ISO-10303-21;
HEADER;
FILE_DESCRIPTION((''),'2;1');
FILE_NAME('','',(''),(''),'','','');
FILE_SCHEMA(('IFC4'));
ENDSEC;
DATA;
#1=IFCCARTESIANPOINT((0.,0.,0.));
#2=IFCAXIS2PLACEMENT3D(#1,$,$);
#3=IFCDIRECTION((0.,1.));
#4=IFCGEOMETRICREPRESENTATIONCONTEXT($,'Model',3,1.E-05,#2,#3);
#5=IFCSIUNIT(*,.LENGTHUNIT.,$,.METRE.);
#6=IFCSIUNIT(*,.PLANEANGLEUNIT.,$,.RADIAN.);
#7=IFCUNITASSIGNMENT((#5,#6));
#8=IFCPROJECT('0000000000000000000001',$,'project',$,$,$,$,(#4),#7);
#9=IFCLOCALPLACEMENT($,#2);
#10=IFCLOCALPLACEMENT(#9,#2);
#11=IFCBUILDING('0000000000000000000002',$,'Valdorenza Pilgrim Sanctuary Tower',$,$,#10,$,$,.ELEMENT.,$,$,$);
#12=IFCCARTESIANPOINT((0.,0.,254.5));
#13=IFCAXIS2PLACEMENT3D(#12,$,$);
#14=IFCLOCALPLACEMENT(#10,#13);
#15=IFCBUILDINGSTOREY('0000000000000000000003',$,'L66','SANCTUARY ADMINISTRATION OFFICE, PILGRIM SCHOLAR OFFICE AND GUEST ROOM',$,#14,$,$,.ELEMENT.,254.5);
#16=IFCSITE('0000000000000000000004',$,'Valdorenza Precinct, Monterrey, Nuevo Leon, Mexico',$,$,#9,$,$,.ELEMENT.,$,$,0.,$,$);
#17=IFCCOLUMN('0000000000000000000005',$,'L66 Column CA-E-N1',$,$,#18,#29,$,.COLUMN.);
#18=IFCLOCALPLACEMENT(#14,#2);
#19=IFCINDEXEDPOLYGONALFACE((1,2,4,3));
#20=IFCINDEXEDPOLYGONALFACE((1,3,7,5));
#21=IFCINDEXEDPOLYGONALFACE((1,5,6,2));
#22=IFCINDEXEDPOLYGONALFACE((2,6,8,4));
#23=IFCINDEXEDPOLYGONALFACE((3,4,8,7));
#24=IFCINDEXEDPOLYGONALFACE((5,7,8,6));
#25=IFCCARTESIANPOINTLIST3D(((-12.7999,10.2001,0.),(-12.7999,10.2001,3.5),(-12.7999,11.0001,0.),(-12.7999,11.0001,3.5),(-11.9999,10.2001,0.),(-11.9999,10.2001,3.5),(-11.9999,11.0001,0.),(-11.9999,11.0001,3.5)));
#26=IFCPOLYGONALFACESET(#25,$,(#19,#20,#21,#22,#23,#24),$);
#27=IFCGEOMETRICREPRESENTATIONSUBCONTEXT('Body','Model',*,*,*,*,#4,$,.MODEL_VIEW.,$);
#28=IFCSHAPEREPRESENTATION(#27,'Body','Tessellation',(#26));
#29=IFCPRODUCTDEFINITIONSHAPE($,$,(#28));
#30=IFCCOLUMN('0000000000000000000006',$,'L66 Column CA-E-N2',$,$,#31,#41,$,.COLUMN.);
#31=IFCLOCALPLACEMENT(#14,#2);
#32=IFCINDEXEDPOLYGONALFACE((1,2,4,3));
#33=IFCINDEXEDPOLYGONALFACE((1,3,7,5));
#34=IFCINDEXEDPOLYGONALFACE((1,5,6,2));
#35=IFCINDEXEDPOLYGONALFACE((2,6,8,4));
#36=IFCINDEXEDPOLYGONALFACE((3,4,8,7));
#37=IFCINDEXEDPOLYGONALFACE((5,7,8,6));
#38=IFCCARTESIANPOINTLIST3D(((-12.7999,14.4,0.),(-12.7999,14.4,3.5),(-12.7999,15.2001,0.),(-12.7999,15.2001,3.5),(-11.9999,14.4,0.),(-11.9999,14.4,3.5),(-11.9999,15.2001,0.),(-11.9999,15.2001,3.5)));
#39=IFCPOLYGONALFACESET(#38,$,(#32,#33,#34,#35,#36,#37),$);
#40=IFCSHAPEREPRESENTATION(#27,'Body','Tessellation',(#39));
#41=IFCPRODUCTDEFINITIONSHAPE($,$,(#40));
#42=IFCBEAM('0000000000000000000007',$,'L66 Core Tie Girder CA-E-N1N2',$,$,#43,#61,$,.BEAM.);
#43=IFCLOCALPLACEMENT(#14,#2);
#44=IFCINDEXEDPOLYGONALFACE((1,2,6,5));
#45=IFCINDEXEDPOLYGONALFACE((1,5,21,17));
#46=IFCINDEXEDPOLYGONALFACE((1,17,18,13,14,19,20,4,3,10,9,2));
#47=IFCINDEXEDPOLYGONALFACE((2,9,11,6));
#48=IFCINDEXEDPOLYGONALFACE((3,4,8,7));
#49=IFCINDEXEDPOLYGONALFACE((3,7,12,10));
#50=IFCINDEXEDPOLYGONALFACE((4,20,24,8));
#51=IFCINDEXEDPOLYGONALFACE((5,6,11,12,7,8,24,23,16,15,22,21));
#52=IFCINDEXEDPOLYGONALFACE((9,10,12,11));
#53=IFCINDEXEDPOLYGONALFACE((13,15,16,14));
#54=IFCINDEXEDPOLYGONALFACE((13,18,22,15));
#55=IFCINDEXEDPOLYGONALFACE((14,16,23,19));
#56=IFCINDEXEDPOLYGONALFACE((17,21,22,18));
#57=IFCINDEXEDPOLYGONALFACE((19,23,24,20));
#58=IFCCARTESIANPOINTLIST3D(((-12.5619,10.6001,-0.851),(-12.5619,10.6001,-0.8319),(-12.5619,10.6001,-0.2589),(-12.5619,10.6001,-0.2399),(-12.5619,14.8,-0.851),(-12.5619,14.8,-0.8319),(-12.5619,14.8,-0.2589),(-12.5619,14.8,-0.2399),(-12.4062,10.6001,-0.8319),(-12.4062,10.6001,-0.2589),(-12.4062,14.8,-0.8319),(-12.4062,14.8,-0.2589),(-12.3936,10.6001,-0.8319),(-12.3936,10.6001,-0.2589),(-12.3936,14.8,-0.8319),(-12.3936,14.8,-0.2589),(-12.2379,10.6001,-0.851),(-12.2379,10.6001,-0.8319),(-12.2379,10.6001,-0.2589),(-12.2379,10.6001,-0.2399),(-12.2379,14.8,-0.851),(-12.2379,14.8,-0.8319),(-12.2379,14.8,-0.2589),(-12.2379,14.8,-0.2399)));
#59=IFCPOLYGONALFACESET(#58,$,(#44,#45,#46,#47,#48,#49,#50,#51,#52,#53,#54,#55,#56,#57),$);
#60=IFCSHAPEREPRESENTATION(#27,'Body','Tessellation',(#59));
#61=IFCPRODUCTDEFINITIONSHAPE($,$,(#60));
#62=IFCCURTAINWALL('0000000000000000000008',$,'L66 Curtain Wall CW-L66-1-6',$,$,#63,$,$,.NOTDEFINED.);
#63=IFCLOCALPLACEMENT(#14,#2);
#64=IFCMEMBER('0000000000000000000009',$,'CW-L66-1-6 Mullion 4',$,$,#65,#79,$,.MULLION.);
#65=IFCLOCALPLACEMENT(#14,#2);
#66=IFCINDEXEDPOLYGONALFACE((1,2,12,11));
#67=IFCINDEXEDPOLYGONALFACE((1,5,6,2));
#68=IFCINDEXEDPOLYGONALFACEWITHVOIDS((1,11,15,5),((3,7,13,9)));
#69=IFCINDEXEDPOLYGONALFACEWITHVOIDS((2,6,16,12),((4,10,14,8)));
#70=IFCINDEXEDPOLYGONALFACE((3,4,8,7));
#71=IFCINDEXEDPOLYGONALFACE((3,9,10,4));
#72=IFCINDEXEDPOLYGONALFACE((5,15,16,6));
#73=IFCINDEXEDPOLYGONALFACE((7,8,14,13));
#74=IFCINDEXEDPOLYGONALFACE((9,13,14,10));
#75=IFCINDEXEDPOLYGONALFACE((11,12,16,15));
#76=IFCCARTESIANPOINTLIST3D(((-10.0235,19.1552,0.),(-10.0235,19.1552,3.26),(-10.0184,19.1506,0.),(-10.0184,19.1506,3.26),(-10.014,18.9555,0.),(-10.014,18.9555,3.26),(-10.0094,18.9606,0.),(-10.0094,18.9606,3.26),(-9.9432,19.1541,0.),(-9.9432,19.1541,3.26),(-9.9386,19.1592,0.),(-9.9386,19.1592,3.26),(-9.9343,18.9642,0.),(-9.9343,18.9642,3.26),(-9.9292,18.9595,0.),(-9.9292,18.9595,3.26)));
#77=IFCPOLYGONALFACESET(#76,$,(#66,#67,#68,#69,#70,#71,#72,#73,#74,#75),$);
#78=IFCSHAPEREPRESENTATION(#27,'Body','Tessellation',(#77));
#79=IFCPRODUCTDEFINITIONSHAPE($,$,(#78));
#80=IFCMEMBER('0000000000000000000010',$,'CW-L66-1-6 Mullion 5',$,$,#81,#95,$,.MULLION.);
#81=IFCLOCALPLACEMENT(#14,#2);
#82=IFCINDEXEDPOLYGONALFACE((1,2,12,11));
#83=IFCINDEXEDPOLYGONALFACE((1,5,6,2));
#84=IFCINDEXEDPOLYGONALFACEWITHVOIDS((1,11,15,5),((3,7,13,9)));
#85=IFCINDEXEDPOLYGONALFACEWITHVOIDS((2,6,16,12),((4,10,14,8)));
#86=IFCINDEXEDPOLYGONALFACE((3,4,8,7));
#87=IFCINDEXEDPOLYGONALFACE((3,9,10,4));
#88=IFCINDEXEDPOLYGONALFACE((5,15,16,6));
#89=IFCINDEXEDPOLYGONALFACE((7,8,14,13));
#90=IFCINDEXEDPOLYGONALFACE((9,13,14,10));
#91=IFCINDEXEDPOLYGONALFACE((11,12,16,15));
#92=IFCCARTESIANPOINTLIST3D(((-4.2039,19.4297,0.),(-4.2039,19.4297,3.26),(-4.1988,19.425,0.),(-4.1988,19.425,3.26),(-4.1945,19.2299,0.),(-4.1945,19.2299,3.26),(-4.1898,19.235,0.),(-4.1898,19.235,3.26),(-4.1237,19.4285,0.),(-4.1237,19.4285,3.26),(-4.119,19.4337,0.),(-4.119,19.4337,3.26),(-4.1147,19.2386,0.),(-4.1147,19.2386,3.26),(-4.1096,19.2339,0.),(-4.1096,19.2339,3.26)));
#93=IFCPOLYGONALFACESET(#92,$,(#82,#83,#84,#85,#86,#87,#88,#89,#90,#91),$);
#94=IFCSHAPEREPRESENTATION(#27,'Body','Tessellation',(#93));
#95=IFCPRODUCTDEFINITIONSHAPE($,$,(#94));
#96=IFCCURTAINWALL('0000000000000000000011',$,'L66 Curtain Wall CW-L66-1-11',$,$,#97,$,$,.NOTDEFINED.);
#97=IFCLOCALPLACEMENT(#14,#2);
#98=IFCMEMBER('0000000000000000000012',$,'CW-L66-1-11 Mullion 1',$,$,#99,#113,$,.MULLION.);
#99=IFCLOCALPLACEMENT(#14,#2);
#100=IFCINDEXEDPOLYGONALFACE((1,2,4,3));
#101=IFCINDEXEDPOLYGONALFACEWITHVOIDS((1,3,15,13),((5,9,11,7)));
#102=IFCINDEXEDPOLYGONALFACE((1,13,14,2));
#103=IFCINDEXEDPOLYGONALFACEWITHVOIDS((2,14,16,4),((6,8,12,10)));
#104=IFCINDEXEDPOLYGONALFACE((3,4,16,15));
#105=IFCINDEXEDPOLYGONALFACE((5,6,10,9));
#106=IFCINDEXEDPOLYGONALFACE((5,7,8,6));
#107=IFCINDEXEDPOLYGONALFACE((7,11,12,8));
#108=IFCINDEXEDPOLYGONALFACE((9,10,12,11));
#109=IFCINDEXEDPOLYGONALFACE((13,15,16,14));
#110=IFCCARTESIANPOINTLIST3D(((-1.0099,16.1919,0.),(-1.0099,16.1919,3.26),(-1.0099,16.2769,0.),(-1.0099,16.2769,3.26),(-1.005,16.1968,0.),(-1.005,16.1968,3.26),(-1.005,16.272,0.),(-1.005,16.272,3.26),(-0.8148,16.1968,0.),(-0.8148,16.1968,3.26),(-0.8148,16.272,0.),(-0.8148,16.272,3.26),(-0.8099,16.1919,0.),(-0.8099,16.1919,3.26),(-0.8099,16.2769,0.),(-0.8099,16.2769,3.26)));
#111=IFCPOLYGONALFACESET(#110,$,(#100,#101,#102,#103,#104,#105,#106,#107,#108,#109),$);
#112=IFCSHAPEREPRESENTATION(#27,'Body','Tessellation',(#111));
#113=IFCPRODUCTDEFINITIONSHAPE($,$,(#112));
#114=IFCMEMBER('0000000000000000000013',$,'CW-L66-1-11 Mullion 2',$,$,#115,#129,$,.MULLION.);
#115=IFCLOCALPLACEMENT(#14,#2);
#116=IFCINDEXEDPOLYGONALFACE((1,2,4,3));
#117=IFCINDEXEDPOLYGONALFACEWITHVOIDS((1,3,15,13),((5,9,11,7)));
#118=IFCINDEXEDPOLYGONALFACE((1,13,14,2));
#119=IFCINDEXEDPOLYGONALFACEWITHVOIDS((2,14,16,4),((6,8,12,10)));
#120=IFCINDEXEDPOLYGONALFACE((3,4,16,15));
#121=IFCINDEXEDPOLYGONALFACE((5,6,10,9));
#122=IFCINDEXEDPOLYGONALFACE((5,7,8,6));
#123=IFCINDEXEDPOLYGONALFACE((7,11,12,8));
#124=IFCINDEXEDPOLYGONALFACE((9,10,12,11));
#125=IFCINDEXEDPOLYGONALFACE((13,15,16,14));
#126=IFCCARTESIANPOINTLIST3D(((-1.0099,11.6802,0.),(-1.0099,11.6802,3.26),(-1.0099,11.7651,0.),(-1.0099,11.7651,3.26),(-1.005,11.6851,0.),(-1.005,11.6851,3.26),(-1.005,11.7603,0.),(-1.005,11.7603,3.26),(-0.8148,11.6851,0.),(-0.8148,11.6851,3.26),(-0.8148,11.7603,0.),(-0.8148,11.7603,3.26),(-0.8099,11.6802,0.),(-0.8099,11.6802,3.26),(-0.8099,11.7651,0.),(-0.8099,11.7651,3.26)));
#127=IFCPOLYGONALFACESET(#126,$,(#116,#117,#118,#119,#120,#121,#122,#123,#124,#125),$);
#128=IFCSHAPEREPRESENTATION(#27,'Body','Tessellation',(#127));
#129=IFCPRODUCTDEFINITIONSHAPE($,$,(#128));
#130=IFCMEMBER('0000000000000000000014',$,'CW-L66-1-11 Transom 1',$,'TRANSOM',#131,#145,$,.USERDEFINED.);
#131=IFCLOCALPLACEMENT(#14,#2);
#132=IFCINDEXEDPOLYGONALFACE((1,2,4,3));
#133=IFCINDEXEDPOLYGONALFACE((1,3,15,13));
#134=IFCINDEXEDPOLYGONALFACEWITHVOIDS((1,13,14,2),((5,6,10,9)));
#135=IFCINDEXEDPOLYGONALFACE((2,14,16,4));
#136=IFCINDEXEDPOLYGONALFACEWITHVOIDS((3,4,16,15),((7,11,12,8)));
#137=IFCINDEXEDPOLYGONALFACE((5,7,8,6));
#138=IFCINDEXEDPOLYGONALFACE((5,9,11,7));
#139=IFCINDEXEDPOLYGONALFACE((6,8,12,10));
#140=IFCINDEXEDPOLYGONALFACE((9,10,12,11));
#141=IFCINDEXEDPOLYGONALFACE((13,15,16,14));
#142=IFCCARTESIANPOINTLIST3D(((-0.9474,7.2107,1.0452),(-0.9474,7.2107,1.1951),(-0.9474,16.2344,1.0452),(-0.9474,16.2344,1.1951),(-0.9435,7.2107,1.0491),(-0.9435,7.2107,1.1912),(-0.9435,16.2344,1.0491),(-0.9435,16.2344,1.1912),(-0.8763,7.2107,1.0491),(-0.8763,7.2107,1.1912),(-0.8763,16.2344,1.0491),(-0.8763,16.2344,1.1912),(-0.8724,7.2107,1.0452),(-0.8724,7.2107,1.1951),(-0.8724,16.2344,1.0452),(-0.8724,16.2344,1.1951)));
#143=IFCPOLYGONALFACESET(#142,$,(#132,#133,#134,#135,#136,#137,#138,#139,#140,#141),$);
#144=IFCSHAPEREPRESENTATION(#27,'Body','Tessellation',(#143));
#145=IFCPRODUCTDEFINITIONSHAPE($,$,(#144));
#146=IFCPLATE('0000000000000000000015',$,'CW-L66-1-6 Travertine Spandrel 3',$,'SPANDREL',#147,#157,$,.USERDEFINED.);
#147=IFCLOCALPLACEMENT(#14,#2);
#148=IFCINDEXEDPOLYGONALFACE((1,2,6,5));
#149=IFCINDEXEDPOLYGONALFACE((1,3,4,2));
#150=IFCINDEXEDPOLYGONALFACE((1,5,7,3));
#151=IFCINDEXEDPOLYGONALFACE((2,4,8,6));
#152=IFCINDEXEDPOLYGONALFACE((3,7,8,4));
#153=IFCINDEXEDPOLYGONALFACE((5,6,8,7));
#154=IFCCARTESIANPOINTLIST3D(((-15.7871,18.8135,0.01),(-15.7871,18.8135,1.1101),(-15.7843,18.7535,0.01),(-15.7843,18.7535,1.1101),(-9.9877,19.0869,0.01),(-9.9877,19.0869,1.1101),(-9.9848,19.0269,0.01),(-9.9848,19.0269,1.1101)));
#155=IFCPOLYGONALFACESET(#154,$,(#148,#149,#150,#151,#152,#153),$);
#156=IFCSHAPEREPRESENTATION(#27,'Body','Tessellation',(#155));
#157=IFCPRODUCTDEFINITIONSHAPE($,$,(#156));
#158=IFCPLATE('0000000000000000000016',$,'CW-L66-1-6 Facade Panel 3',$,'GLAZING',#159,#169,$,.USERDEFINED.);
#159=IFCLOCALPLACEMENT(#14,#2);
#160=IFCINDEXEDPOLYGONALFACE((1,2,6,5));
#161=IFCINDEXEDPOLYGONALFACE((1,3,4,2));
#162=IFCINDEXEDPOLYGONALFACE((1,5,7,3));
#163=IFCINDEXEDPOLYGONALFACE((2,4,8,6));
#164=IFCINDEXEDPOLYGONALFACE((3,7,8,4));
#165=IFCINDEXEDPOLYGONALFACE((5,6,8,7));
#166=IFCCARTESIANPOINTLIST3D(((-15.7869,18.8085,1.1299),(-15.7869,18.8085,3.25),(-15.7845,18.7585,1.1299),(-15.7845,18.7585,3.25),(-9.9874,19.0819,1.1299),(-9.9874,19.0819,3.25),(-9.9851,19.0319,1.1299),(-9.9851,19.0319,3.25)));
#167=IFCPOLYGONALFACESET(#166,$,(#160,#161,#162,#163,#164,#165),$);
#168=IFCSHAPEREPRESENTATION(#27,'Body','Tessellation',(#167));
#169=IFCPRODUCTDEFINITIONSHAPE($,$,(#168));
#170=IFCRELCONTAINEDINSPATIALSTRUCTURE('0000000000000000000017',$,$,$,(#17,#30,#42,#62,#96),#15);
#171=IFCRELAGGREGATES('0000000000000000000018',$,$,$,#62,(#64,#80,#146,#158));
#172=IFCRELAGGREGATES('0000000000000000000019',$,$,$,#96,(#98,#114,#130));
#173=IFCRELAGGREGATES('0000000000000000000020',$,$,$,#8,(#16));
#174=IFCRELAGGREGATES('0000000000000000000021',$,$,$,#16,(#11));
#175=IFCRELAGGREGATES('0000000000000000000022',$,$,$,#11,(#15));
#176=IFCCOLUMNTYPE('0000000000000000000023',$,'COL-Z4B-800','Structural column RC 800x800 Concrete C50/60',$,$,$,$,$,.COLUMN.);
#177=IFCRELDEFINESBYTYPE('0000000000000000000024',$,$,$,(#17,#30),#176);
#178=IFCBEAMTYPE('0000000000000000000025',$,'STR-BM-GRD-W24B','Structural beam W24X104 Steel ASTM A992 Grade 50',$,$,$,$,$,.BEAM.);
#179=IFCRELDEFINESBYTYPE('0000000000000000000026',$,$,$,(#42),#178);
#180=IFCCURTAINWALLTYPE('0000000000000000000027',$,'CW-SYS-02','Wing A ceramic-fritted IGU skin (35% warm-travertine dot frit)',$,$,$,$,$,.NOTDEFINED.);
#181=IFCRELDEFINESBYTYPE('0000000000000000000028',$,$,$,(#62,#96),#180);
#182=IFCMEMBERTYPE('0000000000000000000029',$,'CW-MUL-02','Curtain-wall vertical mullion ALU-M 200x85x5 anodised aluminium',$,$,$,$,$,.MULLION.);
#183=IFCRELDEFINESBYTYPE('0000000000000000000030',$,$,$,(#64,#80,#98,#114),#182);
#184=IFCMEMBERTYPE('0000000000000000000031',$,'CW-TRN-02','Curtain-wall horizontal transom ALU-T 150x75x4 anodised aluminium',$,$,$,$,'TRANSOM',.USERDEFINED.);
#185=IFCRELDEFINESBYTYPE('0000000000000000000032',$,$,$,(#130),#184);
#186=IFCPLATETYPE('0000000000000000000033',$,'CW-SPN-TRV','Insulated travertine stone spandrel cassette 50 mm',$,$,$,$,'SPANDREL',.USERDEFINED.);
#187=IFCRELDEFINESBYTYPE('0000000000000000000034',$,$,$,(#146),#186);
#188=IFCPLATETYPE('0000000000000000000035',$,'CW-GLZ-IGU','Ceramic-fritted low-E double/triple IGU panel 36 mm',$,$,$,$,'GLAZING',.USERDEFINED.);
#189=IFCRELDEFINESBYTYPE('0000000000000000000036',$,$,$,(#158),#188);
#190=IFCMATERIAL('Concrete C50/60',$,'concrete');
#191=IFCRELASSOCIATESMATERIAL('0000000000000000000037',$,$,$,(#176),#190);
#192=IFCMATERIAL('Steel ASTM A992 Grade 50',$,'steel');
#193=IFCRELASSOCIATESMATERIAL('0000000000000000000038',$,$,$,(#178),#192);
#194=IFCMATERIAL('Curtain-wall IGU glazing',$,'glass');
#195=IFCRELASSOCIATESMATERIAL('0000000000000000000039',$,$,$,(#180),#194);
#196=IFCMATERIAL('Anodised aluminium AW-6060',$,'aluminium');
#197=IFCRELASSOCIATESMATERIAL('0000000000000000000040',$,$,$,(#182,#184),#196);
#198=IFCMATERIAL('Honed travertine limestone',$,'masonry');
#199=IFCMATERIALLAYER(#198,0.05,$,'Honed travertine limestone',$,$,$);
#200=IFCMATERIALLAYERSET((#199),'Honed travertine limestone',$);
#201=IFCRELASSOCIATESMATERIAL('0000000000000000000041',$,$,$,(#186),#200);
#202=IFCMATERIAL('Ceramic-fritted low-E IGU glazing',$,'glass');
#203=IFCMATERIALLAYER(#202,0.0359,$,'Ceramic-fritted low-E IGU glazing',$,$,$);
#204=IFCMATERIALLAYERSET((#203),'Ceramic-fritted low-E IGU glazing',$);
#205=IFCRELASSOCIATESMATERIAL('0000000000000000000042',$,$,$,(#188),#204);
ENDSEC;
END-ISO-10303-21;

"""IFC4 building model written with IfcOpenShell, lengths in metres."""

from ifc_helpers import new_model, si_unit, direction, frame, origin, origin_2d, place, context, subcontext, project, spatial, rectangle, hollow_rectangle, i_section, extrude, source, transform, mapped, material, layer, layer_set, material_profile, profile_set, type_object, element, aggregate, save


model = new_model("IFC4")

# Units and contexts
model_context = context("Model", 3, precision=1e-05, world=origin(), true_north=direction((0.0, 1.0)))
body_context = subcontext(model_context, "Body", "Model", "MODEL_VIEW")
ifc_project = project(units=[si_unit("LENGTHUNIT", "METRE"), si_unit("PLANEANGLEUNIT", "RADIAN")], contexts=[model_context])

# Site, building, storey
site_placement = place(None, origin())
site = spatial("IfcSite", under=ifc_project, at=site_placement, Name="Valdorenza Precinct, Monterrey, Nuevo Leon, Mexico", CompositionType="ELEMENT", RefElevation=0.0)
building_placement = place(site_placement, origin())
building = spatial("IfcBuilding", under=site, at=building_placement, Name="Valdorenza Pilgrim Sanctuary Tower", CompositionType="ELEMENT")
storey_placement = place(building_placement, frame((0.0, 0.0, 254.5)))
storey = spatial("IfcBuildingStorey", under=building, at=storey_placement, Name="L66", Description="SANCTUARY ADMINISTRATION OFFICE, PILGRIM SCHOLAR OFFICE AND GUEST ROOM", CompositionType="ELEMENT", Elevation=254.5)

# Columns
ifc_material_1 = material(Name="Concrete C50/60", Category="concrete")
ifc_material_profile_1 = material_profile(ifc_material_1, rectangle(XDim=0.8, YDim=0.8, at=origin_2d()), Name="RC 800x800")
ifc_profile_set_1 = profile_set([ifc_material_profile_1], Name="Concrete C50/60")
column_type = type_object("IfcColumnType", Name="COL-Z4B-800", Description="Structural column RC 800x800 Concrete C50/60", PredefinedType="COLUMN", material=ifc_profile_set_1)
shared_shape_1 = source(origin(), body_context, "Body", "SweptSolid", [
    extrude(rectangle(XDim=0.8, YDim=0.8, at=origin_2d()), origin(), (0.0, 0.0, 1.0), 3.5),
])
for number, where, z_axis, x_axis, name in (
    (1, (-12.3999, 10.6001, 0.0), (0.0, 0.0, 1.0), (1.0, 0.0, 0.0), "L66 Column CA-E-N1"),
    (2, (-12.3999, 14.8, 0.0), (0.0, 0.0, 1.0), (1.0, 0.0, 0.0), "L66 Column CA-E-N2"),
):
    element("IfcColumn", number, at=place(storey_placement, frame(where, z_axis=z_axis, x_axis=x_axis)), inside=storey, type_object=column_type, Name=name, PredefinedType="COLUMN", context=body_context, shape_type="MappedRepresentation", body=[
        mapped(shared_shape_1, transform((0.0, 0.0, 0.0), x_axis=(1.0, 0.0, 0.0), y_axis=(0.0, 1.0, 0.0), z_axis=(0.0, 0.0, 1.0), scale=1.0)),
    ])

# Beam
ifc_material_2 = material(Name="Steel ASTM A992 Grade 50", Category="steel")
ifc_material_profile_2 = material_profile(ifc_material_2, i_section(OverallWidth=0.324, OverallDepth=0.6111, WebThickness=0.0127, FlangeThickness=0.019, at=origin_2d()), Name="W24X104")
ifc_profile_set_2 = profile_set([ifc_material_profile_2], Name="Steel ASTM A992 Grade 50")
beam_type = type_object("IfcBeamType", Name="STR-BM-GRD-W24B", Description="Structural beam W24X104 Steel ASTM A992 Grade 50", PredefinedType="BEAM", material=ifc_profile_set_2)
shared_shape_2 = source(origin(), body_context, "Body", "SweptSolid", [
    extrude(i_section(OverallWidth=0.324, OverallDepth=0.6111, WebThickness=0.0127, FlangeThickness=0.019, at=origin_2d()), origin(), (0.0, 0.0, 1.0), 4.2),
])
beam_placement = place(storey_placement, frame((-12.3999, 10.6001, -0.5454), z_axis=(0.0, 1.0, 0.0), x_axis=(-1.0, 0.0, 0.0)))
element("IfcBeam", 3, at=beam_placement, inside=storey, type_object=beam_type, Name="L66 Core Tie Girder CA-E-N1N2", PredefinedType="BEAM", context=body_context, shape_type="MappedRepresentation", body=[
    mapped(shared_shape_2, transform((0.0, 0.0, 0.0), x_axis=(1.0, 0.0, 0.0), y_axis=(0.0, 1.0, 0.0), z_axis=(0.0, 0.0, 1.0), scale=1.0)),
])

# Curtain walls, members
ifc_material_3 = material(Name="Curtain-wall IGU glazing", Category="glass")
curtain_wall_type = type_object("IfcCurtainWallType", Name="CW-SYS-02", Description="Wing A ceramic-fritted IGU skin (35% warm-travertine dot frit)", PredefinedType="NOTDEFINED", material=ifc_material_3)
curtain_wall_1_placement = place(storey_placement, origin())
curtain_wall_1 = element("IfcCurtainWall", 4, at=curtain_wall_1_placement, inside=storey, type_object=curtain_wall_type, Name="L66 Curtain Wall CW-L66-1-6", PredefinedType="NOTDEFINED")
ifc_material_4 = material(Name="Anodised aluminium AW-6060", Category="aluminium")
ifc_material_profile_3 = material_profile(ifc_material_4, hollow_rectangle(XDim=0.085, YDim=0.2, WallThickness=0.0049, at=origin_2d()), Name="ALU-M 200x85x5")
ifc_profile_set_3 = profile_set([ifc_material_profile_3], Name="Anodised aluminium AW-6060")
member_type_1 = type_object("IfcMemberType", Name="CW-MUL-02", Description="Curtain-wall vertical mullion ALU-M 200x85x5 anodised aluminium", PredefinedType="MULLION", material=ifc_profile_set_3)
shared_shape_3 = source(origin(), body_context, "Body", "SweptSolid", [
    extrude(hollow_rectangle(XDim=0.085, YDim=0.2, WallThickness=0.0049, at=origin_2d()), origin(), (0.0, 0.0, 1.0), 3.26),
])
member_1_placement = place(storey_placement, frame((-9.9763, 19.0574, 0.0), z_axis=(0.0, 0.0, 1.0), x_axis=(0.998891, 0.047089, 0.0)))
member_1 = element("IfcMember", 5, at=member_1_placement, type_object=member_type_1, Name="CW-L66-1-6 Mullion 4", PredefinedType="MULLION", context=body_context, shape_type="MappedRepresentation", body=[
    mapped(shared_shape_3, transform((0.0, 0.0, 0.0), x_axis=(1.0, 0.0, 0.0), y_axis=(0.0, 1.0, 0.0), z_axis=(0.0, 0.0, 1.0), scale=1.0)),
])
member_2_placement = place(storey_placement, frame((-4.1567, 19.3318, 0.0), z_axis=(0.0, 0.0, 1.0), x_axis=(0.998891, 0.047089, 0.0)))
member_2 = element("IfcMember", 6, at=member_2_placement, type_object=member_type_1, Name="CW-L66-1-6 Mullion 5", PredefinedType="MULLION", context=body_context, shape_type="MappedRepresentation", body=[
    mapped(shared_shape_3, transform((0.0, 0.0, 0.0), x_axis=(1.0, 0.0, 0.0), y_axis=(0.0, 1.0, 0.0), z_axis=(0.0, 0.0, 1.0), scale=1.0)),
])
curtain_wall_2_placement = place(storey_placement, origin())
curtain_wall_2 = element("IfcCurtainWall", 7, at=curtain_wall_2_placement, inside=storey, type_object=curtain_wall_type, Name="L66 Curtain Wall CW-L66-1-11", PredefinedType="NOTDEFINED")
member_3_placement = place(storey_placement, frame((-0.9099, 16.2344, 0.0), z_axis=(0.0, 0.0, 1.0), x_axis=(0.0, -1.0, 0.0)))
member_3 = element("IfcMember", 8, at=member_3_placement, type_object=member_type_1, Name="CW-L66-1-11 Mullion 1", PredefinedType="MULLION", context=body_context, shape_type="MappedRepresentation", body=[
    mapped(shared_shape_3, transform((0.0, 0.0, 0.0), x_axis=(1.0, 0.0, 0.0), y_axis=(0.0, 1.0, 0.0), z_axis=(0.0, 0.0, 1.0), scale=1.0)),
])
member_4_placement = place(storey_placement, frame((-0.9099, 11.7227, 0.0), z_axis=(0.0, 0.0, 1.0), x_axis=(0.0, -1.0, 0.0)))
member_4 = element("IfcMember", 9, at=member_4_placement, type_object=member_type_1, Name="CW-L66-1-11 Mullion 2", PredefinedType="MULLION", context=body_context, shape_type="MappedRepresentation", body=[
    mapped(shared_shape_3, transform((0.0, 0.0, 0.0), x_axis=(1.0, 0.0, 0.0), y_axis=(0.0, 1.0, 0.0), z_axis=(0.0, 0.0, 1.0), scale=1.0)),
])
ifc_material_profile_4 = material_profile(ifc_material_4, hollow_rectangle(XDim=0.075, YDim=0.1499, WallThickness=0.0039, at=origin_2d()), Name="ALU-T 150x75x4")
ifc_profile_set_4 = profile_set([ifc_material_profile_4], Name="Anodised aluminium AW-6060")
member_type_2 = type_object("IfcMemberType", Name="CW-TRN-02", Description="Curtain-wall horizontal transom ALU-T 150x75x4 anodised aluminium", ElementType="TRANSOM", PredefinedType="USERDEFINED", material=ifc_profile_set_4)
shared_shape_4 = source(origin(), body_context, "Body", "SweptSolid", [
    extrude(hollow_rectangle(XDim=0.075, YDim=0.1499, WallThickness=0.0039, at=origin_2d()), origin(), (0.0, 0.0, 1.0), 9.0237),
])
member_5_placement = place(storey_placement, frame((-0.9099, 16.2344, 1.1201), z_axis=(0.0, -1.0, 0.0), x_axis=(1.0, 0.0, 0.0)))
member_5 = element("IfcMember", 10, at=member_5_placement, type_object=member_type_2, Name="CW-L66-1-11 Transom 1", ObjectType="TRANSOM", PredefinedType="USERDEFINED", context=body_context, shape_type="MappedRepresentation", body=[
    mapped(shared_shape_4, transform((0.0, 0.0, 0.0), x_axis=(1.0, 0.0, 0.0), y_axis=(0.0, 1.0, 0.0), z_axis=(0.0, 0.0, 1.0), scale=1.0)),
])

# Plates
ifc_material_5 = material(Name="Honed travertine limestone", Category="masonry")
ifc_layer_1 = layer(ifc_material_5, 0.05, Name="Honed travertine limestone")
ifc_layer_set_1 = layer_set([ifc_layer_1], Name="Honed travertine limestone")
plate_type_1 = type_object("IfcPlateType", Name="CW-SPN-TRV", Description="Insulated travertine stone spandrel cassette 50 mm", ElementType="SPANDREL", PredefinedType="USERDEFINED", material=ifc_layer_set_1)
shared_shape_5 = source(origin(), body_context, "Body", "SweptSolid", [
    extrude(rectangle(XDim=5.8059, YDim=0.0601, at=origin_2d()), origin(), (0.0, 0.0, 1.0), 1.1001),
])
plate_1_placement = place(storey_placement, frame((-12.886, 18.9202, 0.01), z_axis=(0.0, 0.0, 1.0), x_axis=(0.998891, 0.047089, 0.0)))
plate_1 = element("IfcPlate", 11, at=plate_1_placement, type_object=plate_type_1, Name="CW-L66-1-6 Travertine Spandrel 3", ObjectType="SPANDREL", PredefinedType="USERDEFINED", context=body_context, shape_type="MappedRepresentation", body=[
    mapped(shared_shape_5, transform((0.0, 0.0, 0.0), x_axis=(1.0, 0.0, 0.0), y_axis=(0.0, 1.0, 0.0), z_axis=(0.0, 0.0, 1.0), scale=1.0)),
])
ifc_material_6 = material(Name="Ceramic-fritted low-E IGU glazing", Category="glass")
ifc_layer_2 = layer(ifc_material_6, 0.0359, Name="Ceramic-fritted low-E IGU glazing")
ifc_layer_set_2 = layer_set([ifc_layer_2], Name="Ceramic-fritted low-E IGU glazing")
plate_type_2 = type_object("IfcPlateType", Name="CW-GLZ-IGU", Description="Ceramic-fritted low-E double/triple IGU panel 36 mm", ElementType="GLAZING", PredefinedType="USERDEFINED", material=ifc_layer_set_2)
shared_shape_6 = source(origin(), body_context, "Body", "SweptSolid", [
    extrude(rectangle(XDim=5.8059, YDim=0.05, at=origin_2d()), origin(), (0.0, 0.0, 1.0), 2.1201),
])
plate_2_placement = place(storey_placement, frame((-12.886, 18.9202, 1.1299), z_axis=(0.0, 0.0, 1.0), x_axis=(0.998891, 0.047089, 0.0)))
plate_2 = element("IfcPlate", 12, at=plate_2_placement, type_object=plate_type_2, Name="CW-L66-1-6 Facade Panel 3", ObjectType="GLAZING", PredefinedType="USERDEFINED", context=body_context, shape_type="MappedRepresentation", body=[
    mapped(shared_shape_6, transform((0.0, 0.0, 0.0), x_axis=(1.0, 0.0, 0.0), y_axis=(0.0, 1.0, 0.0), z_axis=(0.0, 0.0, 1.0), scale=1.0)),
])
aggregate(curtain_wall_1, [member_1, member_2, plate_1, plate_2])
aggregate(curtain_wall_2, [member_3, member_4, member_5])

save(model, "model.ifc")
